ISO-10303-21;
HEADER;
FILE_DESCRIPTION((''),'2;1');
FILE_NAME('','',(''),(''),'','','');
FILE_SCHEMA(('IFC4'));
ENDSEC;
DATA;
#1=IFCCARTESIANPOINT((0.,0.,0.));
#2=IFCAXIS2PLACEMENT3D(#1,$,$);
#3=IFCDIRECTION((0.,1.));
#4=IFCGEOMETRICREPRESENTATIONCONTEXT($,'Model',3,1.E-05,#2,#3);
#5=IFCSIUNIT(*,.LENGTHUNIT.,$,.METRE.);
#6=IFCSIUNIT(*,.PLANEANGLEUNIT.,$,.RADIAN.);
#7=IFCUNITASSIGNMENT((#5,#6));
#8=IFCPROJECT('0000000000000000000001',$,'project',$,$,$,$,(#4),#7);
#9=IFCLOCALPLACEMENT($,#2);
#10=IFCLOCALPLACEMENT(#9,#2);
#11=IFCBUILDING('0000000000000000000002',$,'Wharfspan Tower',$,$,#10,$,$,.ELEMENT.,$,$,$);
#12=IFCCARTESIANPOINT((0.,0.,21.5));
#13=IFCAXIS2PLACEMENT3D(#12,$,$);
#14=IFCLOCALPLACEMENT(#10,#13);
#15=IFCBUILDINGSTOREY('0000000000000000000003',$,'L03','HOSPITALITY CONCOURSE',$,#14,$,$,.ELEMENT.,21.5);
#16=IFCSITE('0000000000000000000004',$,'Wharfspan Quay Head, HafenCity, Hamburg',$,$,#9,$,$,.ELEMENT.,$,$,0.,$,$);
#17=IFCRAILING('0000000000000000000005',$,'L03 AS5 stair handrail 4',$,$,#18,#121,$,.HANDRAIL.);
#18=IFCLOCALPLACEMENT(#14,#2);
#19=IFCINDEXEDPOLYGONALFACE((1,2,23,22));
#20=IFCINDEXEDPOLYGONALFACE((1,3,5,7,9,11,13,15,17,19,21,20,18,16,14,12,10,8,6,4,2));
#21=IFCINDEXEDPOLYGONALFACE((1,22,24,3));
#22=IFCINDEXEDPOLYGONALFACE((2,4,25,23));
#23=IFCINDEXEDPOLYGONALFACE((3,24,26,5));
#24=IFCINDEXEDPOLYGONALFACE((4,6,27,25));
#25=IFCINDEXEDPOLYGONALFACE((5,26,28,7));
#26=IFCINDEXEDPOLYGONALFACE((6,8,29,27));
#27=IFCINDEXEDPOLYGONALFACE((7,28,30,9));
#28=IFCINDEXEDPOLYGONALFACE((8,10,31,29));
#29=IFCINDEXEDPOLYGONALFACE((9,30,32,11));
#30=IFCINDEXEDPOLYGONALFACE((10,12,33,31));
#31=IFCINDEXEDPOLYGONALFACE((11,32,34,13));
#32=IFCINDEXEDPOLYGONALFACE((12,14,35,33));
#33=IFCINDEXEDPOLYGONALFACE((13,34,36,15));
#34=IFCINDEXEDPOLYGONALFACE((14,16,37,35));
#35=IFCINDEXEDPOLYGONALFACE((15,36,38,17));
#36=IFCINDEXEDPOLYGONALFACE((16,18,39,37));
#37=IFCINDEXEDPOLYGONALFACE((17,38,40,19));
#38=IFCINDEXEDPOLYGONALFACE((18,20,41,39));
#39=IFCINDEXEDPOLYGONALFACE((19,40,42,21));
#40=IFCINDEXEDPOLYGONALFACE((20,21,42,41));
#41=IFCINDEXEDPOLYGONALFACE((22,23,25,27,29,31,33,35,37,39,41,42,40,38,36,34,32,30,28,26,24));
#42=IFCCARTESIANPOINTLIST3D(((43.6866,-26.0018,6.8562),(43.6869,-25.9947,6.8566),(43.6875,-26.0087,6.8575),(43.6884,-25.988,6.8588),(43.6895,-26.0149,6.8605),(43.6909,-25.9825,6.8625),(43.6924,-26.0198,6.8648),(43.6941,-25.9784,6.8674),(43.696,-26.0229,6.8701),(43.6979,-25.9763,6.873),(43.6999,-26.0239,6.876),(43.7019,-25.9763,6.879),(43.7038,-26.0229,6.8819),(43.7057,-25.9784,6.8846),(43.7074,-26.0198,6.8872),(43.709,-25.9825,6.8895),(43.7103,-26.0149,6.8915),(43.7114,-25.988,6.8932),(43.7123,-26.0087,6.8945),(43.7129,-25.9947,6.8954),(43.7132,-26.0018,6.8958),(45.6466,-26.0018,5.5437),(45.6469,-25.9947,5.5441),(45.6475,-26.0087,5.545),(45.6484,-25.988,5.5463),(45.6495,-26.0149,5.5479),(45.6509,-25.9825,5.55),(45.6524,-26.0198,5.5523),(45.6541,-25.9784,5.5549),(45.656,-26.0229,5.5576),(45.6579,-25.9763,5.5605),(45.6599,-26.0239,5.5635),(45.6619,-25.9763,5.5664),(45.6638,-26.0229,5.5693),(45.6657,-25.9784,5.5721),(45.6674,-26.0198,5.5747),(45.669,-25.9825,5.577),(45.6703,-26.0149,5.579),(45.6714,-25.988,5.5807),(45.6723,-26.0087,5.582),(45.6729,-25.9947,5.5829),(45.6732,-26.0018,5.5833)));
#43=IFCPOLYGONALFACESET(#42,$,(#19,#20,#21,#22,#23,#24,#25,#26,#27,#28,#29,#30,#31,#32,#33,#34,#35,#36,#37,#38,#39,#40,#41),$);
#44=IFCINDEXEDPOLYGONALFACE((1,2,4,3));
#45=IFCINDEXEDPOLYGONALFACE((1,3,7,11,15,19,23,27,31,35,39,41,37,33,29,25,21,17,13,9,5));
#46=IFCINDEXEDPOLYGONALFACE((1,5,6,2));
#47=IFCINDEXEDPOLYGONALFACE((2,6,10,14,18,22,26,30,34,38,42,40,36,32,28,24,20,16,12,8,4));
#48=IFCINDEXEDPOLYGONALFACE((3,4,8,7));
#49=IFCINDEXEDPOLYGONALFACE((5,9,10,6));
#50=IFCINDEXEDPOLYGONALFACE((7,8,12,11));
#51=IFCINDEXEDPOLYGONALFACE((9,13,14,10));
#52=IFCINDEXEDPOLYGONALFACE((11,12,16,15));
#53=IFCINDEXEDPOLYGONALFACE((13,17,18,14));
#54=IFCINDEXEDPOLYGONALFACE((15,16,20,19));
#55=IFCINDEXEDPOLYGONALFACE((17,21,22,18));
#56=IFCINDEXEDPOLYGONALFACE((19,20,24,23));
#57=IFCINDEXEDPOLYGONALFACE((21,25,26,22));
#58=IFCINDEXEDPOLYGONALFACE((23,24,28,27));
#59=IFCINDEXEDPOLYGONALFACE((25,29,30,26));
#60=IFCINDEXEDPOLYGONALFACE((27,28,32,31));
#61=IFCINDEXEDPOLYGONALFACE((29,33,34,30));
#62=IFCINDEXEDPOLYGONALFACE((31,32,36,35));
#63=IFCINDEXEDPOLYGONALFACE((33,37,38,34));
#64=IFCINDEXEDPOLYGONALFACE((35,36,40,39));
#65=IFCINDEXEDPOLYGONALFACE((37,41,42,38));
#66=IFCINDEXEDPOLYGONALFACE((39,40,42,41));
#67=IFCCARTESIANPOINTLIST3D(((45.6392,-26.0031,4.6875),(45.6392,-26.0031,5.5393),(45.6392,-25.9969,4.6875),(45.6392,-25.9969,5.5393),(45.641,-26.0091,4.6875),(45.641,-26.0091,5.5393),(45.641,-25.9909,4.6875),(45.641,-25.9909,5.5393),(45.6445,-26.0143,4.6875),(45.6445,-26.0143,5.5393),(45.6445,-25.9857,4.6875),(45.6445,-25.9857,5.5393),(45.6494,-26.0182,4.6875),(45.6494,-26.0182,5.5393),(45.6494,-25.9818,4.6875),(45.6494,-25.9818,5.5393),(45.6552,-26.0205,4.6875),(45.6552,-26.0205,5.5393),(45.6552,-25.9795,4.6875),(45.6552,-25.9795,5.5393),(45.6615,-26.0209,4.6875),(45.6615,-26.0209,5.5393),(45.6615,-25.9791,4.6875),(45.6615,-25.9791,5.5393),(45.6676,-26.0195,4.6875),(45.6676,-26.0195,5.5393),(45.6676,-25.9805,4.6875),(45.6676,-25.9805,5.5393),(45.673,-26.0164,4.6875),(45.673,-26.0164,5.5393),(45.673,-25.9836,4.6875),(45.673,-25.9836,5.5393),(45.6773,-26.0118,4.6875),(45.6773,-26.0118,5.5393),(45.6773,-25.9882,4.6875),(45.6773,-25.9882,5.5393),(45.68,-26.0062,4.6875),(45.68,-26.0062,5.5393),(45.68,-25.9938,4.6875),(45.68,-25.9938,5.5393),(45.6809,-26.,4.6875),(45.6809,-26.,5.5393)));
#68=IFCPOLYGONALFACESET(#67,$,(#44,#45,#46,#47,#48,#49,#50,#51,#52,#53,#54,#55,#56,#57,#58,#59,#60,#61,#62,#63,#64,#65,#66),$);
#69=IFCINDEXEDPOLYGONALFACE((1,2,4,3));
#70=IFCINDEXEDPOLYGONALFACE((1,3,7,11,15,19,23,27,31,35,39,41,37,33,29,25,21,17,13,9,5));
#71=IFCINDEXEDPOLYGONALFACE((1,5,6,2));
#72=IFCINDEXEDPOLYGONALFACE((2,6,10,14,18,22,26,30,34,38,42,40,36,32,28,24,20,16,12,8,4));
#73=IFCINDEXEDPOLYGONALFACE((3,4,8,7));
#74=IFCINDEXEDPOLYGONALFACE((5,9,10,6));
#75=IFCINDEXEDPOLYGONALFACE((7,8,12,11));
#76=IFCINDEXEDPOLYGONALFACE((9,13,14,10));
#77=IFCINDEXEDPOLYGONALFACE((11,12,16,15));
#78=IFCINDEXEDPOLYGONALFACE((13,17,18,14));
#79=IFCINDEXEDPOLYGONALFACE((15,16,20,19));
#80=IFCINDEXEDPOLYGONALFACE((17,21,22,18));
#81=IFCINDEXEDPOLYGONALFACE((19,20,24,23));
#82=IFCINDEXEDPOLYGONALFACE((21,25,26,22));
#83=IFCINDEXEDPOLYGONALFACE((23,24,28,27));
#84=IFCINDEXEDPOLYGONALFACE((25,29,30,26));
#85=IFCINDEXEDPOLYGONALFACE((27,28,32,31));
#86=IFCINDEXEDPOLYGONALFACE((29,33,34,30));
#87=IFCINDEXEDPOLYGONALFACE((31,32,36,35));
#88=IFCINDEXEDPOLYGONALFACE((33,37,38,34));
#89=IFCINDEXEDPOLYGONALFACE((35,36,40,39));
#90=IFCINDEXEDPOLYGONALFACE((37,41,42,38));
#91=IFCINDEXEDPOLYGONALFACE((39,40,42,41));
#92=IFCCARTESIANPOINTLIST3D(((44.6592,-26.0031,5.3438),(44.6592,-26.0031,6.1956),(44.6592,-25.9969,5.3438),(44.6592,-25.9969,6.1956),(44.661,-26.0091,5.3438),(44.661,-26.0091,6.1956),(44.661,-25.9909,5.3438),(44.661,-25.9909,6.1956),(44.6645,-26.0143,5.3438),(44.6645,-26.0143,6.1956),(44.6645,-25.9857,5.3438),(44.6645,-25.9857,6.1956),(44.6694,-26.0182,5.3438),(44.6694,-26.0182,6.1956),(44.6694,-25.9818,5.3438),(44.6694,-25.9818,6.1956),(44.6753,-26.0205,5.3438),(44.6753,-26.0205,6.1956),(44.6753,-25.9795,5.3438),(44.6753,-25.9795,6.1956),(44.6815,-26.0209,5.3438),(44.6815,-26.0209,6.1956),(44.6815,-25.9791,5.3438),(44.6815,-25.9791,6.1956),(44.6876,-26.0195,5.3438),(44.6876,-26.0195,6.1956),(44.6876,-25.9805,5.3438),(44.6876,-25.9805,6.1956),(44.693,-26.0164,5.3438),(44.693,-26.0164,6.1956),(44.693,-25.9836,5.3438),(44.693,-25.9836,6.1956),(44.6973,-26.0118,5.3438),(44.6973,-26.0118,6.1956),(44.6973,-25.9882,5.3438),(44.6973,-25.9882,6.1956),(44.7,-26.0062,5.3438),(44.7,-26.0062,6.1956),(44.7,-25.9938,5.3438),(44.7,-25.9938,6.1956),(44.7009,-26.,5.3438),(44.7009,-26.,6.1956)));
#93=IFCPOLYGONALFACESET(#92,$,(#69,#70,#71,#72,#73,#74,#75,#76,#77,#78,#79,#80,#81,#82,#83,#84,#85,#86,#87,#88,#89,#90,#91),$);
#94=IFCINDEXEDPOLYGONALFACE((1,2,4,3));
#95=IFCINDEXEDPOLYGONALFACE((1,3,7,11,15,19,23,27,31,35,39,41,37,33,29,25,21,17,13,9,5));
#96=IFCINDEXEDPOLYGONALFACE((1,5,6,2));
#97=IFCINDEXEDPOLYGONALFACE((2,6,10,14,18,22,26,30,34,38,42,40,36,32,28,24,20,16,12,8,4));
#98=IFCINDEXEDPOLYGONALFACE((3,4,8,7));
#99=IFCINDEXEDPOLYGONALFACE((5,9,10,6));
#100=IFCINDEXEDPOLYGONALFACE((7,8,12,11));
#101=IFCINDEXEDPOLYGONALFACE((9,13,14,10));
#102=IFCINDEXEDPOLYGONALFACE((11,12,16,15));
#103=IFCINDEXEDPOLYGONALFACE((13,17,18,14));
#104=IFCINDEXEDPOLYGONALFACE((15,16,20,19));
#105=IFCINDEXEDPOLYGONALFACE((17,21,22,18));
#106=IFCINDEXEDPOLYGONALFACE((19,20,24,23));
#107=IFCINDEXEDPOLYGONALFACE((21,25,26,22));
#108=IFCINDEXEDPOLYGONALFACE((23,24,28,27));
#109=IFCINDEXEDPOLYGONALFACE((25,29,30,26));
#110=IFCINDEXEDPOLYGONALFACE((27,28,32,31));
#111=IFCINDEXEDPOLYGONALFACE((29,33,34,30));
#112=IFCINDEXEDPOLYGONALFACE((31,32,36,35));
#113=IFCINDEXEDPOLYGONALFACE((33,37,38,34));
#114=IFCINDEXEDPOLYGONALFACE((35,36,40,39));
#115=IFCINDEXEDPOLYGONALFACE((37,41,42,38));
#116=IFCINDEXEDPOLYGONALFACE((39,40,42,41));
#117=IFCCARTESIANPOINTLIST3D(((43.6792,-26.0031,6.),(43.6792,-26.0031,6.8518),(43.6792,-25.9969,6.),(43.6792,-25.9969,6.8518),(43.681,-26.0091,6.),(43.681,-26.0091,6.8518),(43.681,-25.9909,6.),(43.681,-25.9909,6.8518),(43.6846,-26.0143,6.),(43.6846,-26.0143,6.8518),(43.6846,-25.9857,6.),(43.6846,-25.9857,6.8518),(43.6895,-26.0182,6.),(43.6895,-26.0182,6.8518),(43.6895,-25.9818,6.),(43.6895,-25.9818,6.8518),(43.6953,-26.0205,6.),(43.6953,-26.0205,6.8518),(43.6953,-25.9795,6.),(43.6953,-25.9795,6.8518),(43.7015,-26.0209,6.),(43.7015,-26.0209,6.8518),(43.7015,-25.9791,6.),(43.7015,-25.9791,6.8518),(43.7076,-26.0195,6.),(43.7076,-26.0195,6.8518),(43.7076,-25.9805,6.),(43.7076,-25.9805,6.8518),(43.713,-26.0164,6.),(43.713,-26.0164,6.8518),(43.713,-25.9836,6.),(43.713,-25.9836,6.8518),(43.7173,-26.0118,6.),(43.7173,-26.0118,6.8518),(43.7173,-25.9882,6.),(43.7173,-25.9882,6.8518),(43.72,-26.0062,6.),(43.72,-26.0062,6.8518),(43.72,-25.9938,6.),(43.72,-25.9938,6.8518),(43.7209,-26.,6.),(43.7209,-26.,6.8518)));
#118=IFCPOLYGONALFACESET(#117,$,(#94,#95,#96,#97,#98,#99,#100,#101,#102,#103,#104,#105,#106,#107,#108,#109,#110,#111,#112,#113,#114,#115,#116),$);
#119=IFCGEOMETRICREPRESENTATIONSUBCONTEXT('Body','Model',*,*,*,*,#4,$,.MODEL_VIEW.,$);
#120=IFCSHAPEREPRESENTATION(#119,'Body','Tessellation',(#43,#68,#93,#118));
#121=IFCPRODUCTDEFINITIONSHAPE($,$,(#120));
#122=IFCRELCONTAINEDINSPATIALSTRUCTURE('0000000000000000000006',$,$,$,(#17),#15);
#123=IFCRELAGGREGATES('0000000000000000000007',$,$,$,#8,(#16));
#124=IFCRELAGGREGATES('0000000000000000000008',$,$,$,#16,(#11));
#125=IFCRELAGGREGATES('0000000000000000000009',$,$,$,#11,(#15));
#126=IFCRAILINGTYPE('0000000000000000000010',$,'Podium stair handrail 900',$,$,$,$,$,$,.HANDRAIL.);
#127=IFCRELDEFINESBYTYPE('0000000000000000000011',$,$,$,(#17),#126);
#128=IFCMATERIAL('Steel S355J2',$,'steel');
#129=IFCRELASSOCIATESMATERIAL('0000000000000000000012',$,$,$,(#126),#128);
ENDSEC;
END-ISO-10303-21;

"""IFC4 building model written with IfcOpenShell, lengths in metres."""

from ifc_helpers import new_model, si_unit, direction, frame, origin, origin_2d, place, context, subcontext, project, spatial, circle, extrude, material, type_object, element, save


model = new_model("IFC4")

# Units and contexts
model_context = context("Model", 3, precision=1e-05, world=origin(), true_north=direction((0.0, 1.0)))
body_context = subcontext(model_context, "Body", "Model", "MODEL_VIEW")
ifc_project = project(units=[si_unit("LENGTHUNIT", "METRE"), si_unit("PLANEANGLEUNIT", "RADIAN")], contexts=[model_context])

# Site, building, storey
site_placement = place(None, origin())
site = spatial("IfcSite", under=ifc_project, at=site_placement, Name="Wharfspan Quay Head, HafenCity, Hamburg", CompositionType="ELEMENT", RefElevation=0.0)
building_placement = place(site_placement, origin())
building = spatial("IfcBuilding", under=site, at=building_placement, Name="Wharfspan Tower", CompositionType="ELEMENT")
storey_placement = place(building_placement, frame((0.0, 0.0, 21.5)))
storey = spatial("IfcBuildingStorey", under=building, at=storey_placement, Name="L03", Description="HOSPITALITY CONCOURSE", CompositionType="ELEMENT", Elevation=21.5)

# Railing
ifc_material_1 = material(Name="Steel S355J2", Category="steel")
railing_type_1 = type_object("IfcRailingType", Name="Podium stair handrail 900", PredefinedType="HANDRAIL", material=ifc_material_1)
railing_1_placement = place(storey_placement, frame((45.6599, -26.0, 4.6875)))
element("IfcRailing", 1, at=railing_1_placement, inside=storey, type_object=railing_type_1, Name="L03 AS5 stair handrail 4", PredefinedType="HANDRAIL", context=body_context, shape_type="SweptSolid", body=[
    extrude(circle(Radius=0.0239, at=origin_2d()), frame((0.0, 0.0, 0.876), z_axis=(-0.830902, 0.0, 0.556419), x_axis=(0.0, -1.0, 0.0)), (0.0, 0.0, 1.0), 2.3589),
    extrude(circle(Radius=0.021, at=origin_2d()), origin(), (0.0, 0.0, 1.0), 0.8518),
    extrude(circle(Radius=0.021, at=origin_2d()), frame((-0.98, 0.0, 0.6562)), (0.0, 0.0, 1.0), 0.8518),
    extrude(circle(Radius=0.021, at=origin_2d()), frame((-1.96, 0.0, 1.3125)), (0.0, 0.0, 1.0), 0.8518),
])

save(model, "model.ifc")
